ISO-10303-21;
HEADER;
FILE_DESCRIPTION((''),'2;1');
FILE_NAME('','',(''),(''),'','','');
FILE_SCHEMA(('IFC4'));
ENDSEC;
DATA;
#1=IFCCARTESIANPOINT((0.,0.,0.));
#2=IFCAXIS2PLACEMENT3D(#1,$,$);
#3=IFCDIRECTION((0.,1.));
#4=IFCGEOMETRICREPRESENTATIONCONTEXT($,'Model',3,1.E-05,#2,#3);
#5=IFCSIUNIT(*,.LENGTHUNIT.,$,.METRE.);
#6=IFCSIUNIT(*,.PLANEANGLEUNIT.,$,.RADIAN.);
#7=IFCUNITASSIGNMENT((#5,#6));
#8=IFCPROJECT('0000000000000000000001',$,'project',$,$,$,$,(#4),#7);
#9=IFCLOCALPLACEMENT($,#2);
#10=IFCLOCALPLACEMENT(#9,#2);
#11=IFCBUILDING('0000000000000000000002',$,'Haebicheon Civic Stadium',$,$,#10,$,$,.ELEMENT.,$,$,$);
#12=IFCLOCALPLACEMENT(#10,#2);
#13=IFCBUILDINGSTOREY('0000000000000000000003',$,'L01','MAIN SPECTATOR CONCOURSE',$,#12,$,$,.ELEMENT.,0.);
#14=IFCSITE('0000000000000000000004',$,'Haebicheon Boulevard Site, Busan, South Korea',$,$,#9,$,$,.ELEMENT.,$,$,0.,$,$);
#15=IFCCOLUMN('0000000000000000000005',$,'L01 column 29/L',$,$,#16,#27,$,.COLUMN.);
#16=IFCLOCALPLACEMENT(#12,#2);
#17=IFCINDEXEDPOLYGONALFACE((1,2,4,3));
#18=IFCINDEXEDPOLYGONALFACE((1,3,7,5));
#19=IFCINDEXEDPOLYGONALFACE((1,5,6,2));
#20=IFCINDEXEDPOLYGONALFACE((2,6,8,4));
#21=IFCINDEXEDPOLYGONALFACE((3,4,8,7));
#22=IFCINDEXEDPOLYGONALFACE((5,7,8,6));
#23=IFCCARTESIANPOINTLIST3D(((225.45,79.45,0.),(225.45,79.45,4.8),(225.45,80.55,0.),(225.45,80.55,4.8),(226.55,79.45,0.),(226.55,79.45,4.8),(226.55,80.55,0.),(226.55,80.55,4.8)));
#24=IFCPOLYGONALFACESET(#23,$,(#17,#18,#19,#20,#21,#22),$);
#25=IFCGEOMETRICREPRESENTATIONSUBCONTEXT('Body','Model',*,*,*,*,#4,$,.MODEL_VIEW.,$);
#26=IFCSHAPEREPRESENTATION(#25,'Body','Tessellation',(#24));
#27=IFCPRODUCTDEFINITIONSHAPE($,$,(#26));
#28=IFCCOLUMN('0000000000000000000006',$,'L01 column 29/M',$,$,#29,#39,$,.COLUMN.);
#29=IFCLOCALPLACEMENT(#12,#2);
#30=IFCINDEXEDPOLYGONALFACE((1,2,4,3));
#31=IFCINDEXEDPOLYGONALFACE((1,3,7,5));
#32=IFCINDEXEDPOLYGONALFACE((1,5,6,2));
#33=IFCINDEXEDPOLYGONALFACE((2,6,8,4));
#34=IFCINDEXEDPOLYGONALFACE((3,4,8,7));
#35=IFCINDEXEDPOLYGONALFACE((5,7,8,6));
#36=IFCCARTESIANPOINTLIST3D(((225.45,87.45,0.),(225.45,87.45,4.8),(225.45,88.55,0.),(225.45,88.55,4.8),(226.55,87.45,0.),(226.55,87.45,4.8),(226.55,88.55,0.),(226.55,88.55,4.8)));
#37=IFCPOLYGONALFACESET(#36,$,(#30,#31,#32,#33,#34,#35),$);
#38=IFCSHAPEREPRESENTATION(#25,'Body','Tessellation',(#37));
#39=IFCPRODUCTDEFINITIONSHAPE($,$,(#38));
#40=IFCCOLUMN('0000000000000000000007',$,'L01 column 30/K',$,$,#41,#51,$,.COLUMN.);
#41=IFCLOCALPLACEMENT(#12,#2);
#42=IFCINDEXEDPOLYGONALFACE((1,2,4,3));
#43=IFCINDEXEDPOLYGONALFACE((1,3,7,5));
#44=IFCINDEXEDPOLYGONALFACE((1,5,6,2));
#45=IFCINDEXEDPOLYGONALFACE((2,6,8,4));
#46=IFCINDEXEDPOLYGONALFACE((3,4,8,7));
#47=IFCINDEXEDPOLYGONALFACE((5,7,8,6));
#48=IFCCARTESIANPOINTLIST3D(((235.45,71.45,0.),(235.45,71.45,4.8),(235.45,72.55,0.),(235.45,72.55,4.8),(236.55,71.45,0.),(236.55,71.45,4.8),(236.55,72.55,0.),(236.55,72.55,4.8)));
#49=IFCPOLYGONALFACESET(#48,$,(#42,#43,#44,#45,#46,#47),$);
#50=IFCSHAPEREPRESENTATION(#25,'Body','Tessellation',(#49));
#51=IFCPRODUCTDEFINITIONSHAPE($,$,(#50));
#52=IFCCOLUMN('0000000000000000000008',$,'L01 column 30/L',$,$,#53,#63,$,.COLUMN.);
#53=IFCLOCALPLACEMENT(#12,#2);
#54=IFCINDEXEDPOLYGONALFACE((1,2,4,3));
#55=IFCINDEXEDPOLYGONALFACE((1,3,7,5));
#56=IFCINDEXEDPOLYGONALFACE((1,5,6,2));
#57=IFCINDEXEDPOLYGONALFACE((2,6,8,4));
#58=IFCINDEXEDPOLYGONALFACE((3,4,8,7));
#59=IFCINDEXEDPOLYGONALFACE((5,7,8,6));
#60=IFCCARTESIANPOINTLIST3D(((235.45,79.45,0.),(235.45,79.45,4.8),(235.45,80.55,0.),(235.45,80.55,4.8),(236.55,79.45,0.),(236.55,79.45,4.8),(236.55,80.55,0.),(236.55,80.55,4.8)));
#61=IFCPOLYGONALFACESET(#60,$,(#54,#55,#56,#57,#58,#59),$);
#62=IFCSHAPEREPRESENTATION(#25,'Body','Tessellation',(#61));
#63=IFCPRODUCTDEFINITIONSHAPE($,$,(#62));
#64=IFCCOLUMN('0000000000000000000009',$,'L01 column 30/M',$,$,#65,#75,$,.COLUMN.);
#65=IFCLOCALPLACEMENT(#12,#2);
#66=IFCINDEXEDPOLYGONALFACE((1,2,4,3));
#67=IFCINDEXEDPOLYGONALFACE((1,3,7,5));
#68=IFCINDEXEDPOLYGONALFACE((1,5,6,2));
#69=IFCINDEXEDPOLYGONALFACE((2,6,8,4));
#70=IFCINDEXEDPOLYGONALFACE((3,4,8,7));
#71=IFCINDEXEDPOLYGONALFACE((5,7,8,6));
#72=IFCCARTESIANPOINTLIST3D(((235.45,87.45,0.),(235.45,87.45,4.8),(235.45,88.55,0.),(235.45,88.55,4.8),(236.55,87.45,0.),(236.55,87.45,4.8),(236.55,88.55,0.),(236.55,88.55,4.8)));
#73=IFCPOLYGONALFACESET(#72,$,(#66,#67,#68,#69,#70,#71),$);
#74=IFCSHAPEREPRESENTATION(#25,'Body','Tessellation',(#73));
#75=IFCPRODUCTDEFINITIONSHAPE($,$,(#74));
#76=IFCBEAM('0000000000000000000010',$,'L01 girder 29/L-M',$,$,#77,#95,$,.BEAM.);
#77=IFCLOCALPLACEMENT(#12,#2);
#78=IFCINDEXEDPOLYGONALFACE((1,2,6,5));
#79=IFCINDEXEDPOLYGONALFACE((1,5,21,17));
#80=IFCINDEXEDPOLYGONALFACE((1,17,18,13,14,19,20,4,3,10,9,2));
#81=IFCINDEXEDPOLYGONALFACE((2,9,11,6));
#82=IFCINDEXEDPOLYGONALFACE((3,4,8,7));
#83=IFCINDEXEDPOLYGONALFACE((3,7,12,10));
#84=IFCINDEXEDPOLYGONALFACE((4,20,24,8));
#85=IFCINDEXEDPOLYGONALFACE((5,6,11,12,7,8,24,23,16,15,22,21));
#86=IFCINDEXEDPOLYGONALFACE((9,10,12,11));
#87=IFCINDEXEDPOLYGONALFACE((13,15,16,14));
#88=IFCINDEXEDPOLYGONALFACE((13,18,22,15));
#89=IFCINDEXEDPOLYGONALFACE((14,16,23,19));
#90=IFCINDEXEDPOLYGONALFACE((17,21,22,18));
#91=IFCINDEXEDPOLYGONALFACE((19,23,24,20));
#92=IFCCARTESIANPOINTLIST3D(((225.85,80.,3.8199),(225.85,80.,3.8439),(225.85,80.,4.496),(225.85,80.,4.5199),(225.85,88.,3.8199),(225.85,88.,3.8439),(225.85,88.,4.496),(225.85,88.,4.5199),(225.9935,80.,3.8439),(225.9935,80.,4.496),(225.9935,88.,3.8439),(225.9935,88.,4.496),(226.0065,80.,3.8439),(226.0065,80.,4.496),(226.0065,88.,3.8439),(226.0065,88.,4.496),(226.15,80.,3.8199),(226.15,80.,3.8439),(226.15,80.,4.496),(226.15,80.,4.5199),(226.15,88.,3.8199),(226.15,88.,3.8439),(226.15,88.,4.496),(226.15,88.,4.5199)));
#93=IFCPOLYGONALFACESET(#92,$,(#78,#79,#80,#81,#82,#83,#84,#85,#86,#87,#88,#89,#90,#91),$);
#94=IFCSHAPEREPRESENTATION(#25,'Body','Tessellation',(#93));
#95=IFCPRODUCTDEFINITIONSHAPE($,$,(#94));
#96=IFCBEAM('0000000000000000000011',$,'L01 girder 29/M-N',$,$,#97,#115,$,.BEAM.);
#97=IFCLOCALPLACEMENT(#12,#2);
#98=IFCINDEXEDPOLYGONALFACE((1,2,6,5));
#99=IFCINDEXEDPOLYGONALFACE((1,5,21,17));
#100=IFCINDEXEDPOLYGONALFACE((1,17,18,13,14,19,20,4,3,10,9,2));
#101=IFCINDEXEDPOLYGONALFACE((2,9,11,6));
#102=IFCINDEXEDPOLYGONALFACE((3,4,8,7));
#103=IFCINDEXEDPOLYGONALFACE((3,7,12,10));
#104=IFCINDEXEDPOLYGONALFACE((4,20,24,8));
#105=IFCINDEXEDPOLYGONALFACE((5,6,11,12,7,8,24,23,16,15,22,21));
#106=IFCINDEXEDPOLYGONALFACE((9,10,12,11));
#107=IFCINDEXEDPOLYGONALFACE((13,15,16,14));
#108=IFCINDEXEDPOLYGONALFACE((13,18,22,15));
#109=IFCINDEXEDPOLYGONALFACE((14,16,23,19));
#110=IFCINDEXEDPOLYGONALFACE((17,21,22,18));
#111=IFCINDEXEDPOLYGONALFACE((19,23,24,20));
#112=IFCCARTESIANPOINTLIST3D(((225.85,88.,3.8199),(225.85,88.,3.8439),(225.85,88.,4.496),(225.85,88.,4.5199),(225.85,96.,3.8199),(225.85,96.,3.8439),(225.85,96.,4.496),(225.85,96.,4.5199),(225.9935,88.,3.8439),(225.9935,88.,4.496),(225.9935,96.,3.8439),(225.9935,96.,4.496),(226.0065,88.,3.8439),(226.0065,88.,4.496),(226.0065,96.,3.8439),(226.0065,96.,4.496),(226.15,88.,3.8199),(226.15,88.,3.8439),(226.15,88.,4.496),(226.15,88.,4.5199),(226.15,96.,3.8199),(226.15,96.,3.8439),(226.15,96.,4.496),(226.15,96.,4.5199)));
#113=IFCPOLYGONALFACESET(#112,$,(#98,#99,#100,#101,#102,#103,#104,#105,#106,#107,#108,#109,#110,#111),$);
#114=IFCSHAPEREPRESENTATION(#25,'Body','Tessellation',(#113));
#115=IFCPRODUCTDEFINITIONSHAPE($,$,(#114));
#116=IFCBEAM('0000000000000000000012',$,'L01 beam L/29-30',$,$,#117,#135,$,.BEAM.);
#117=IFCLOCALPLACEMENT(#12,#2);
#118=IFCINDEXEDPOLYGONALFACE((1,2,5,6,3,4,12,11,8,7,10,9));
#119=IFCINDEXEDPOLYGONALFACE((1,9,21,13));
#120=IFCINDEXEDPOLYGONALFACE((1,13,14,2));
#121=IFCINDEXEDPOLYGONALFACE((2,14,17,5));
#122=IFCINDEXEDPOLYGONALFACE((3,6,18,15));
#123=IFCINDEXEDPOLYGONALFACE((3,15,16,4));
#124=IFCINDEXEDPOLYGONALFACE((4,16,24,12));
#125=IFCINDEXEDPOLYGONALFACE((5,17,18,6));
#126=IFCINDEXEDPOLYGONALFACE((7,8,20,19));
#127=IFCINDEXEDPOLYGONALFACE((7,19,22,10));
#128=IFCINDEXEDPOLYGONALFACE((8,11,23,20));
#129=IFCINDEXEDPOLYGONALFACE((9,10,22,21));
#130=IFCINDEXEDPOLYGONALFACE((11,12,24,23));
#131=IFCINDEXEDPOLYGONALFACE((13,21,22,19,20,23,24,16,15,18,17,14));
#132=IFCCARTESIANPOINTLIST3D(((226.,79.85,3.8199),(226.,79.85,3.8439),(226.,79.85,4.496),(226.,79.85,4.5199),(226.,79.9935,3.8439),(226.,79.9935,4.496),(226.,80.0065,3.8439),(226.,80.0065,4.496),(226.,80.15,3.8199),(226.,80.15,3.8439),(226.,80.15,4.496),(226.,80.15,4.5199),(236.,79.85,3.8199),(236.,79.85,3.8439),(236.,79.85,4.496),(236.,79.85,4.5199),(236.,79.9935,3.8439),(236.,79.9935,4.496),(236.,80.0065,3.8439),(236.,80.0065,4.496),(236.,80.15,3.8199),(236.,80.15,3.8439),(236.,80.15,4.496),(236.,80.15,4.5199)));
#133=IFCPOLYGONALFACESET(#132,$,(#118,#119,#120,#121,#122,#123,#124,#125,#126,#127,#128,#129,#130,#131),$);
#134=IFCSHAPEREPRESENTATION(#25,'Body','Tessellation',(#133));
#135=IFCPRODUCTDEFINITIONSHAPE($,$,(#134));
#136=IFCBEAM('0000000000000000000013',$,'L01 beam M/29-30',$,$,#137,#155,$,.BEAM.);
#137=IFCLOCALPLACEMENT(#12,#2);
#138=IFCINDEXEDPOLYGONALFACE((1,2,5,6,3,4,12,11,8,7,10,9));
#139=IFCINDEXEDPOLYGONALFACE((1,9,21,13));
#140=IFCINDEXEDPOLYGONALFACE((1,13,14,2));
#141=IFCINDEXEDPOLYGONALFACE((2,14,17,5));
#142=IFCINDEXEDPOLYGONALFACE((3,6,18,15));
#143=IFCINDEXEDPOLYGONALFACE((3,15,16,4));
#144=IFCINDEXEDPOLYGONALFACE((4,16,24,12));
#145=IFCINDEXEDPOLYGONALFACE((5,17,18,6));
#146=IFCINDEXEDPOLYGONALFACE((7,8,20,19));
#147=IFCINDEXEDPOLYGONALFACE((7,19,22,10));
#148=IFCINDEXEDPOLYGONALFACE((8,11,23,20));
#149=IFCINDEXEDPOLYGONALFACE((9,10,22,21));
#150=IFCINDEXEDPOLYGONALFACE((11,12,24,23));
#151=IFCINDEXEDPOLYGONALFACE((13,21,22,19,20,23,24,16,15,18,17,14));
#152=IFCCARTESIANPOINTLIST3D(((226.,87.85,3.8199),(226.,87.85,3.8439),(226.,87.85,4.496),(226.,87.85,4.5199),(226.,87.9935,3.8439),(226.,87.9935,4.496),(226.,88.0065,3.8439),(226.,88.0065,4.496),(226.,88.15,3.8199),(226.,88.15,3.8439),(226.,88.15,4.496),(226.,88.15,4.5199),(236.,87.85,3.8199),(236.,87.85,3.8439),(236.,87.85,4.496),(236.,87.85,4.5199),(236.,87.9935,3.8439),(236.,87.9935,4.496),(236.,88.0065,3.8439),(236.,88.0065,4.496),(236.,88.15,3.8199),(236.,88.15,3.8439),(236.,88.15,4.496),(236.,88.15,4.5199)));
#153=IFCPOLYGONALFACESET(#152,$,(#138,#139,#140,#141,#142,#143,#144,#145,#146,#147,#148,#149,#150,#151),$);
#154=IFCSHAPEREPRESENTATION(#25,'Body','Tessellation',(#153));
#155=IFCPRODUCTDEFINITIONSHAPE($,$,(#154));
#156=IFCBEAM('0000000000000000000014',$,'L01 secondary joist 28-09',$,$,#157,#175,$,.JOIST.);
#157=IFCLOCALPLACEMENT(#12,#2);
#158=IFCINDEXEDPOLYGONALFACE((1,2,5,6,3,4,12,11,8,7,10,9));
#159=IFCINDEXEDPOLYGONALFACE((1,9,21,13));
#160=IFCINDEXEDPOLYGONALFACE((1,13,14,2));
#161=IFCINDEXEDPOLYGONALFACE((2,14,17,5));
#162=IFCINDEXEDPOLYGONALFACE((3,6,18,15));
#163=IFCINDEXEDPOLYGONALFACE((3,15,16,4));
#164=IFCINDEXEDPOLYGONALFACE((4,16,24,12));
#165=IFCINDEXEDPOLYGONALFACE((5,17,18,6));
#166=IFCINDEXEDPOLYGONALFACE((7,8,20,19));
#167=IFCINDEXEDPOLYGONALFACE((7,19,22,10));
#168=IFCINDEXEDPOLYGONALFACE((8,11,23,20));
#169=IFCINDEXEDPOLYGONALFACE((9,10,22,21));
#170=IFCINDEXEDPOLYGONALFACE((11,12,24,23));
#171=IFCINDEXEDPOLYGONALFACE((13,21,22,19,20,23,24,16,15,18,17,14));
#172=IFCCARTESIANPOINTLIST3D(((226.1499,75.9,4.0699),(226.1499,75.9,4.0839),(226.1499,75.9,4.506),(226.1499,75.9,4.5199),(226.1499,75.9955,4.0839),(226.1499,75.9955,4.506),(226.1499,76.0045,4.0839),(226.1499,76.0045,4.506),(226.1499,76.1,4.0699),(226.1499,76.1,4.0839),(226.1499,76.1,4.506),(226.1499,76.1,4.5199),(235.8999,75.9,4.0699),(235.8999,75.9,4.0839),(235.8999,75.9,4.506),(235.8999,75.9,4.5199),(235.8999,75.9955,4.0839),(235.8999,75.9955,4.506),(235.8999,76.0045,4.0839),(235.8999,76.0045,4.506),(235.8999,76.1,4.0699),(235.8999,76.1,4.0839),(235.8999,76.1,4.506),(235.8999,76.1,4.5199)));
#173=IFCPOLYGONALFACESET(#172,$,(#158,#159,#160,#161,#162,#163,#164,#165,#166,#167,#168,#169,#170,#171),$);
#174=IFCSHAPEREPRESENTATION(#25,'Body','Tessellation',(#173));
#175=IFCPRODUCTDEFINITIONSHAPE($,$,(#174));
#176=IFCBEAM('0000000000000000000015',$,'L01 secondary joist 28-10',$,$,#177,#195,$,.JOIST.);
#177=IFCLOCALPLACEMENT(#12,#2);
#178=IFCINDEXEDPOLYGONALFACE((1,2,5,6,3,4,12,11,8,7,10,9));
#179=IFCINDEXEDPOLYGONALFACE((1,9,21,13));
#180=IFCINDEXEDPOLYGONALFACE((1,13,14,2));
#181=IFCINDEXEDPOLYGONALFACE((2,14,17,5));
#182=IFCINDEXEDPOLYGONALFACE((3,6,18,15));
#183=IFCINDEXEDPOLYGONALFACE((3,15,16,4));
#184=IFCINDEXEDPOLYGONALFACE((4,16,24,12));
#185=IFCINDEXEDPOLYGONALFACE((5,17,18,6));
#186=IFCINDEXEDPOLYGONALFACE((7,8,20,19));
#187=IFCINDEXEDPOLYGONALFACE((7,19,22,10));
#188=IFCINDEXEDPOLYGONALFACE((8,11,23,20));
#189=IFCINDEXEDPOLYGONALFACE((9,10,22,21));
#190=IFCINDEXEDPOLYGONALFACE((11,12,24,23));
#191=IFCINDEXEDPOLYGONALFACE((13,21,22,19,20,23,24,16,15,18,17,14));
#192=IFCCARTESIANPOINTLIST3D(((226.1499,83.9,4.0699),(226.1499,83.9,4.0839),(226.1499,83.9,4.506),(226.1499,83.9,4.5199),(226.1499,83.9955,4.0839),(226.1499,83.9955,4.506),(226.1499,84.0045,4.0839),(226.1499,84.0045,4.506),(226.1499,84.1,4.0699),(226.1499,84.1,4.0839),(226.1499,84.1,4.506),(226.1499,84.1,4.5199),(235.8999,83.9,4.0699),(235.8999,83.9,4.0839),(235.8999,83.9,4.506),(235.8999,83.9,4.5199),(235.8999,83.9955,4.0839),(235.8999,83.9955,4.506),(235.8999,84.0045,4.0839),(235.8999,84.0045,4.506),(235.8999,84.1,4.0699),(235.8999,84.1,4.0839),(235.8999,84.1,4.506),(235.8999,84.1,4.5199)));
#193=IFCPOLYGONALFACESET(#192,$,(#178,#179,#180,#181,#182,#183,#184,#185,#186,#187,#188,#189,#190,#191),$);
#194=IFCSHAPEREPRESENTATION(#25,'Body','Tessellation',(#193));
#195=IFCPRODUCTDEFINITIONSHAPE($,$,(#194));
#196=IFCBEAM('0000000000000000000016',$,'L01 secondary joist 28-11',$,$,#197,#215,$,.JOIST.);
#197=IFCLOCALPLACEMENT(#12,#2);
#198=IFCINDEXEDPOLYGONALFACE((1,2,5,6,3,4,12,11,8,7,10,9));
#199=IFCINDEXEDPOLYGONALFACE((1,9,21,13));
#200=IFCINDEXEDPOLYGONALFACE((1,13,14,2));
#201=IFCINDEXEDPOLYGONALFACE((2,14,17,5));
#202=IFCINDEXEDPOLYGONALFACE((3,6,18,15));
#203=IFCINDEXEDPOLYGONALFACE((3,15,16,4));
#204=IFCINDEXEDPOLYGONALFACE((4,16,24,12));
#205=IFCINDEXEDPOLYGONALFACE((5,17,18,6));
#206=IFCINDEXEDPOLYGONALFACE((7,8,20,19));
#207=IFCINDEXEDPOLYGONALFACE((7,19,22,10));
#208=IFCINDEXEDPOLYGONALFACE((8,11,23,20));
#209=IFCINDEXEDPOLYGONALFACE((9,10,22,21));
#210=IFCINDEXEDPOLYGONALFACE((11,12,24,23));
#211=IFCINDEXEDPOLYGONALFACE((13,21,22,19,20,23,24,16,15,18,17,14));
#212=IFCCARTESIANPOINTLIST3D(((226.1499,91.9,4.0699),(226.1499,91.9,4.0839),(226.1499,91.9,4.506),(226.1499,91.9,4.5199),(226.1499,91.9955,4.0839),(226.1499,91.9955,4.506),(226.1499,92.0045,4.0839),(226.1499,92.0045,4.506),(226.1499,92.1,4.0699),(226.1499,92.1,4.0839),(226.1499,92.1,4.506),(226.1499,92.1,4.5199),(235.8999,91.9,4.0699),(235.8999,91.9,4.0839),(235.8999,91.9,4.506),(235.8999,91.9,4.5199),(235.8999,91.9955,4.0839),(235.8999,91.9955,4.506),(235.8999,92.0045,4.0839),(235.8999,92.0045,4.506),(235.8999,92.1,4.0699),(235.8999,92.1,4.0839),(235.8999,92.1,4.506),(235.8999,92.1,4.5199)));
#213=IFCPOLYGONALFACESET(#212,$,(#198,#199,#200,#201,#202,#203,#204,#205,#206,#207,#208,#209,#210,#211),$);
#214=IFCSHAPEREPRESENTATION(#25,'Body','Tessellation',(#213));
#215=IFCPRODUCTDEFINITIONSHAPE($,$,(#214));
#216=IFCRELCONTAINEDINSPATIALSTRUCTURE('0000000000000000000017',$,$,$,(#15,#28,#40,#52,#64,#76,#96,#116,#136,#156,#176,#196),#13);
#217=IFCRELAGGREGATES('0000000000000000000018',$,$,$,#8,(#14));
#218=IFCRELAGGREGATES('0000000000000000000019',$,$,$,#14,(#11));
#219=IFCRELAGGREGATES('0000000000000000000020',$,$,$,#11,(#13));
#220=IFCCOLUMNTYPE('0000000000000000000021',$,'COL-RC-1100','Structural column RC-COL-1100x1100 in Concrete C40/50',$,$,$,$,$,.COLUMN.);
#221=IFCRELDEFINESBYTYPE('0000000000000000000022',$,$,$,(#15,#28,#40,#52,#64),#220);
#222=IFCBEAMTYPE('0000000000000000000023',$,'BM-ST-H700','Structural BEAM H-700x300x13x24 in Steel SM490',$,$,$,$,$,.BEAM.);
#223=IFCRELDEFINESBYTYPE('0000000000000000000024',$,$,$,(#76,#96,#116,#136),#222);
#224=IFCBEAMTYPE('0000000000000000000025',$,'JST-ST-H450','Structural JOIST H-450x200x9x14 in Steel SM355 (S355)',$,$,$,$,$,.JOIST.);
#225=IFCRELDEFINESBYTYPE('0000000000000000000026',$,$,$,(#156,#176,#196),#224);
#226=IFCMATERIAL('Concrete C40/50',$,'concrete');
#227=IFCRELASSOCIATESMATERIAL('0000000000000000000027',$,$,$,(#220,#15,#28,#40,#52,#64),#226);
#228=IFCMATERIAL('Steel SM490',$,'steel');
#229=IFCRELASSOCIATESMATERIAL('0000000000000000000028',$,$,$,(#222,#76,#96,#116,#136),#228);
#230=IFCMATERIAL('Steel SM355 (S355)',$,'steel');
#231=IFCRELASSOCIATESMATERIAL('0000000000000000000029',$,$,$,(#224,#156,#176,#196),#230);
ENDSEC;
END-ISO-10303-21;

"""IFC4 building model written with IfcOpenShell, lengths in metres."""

from ifc_helpers import new_model, si_unit, direction, frame, origin, origin_2d, place, context, subcontext, project, spatial, rectangle, i_section, extrude, material, material_profile, profile_set, type_object, element, save


model = new_model("IFC4")

# Units and contexts
model_context = context("Model", 3, precision=1e-05, world=origin(), true_north=direction((0.0, 1.0)))
body_context = subcontext(model_context, "Body", "Model", "MODEL_VIEW")
ifc_project = project(units=[si_unit("LENGTHUNIT", "METRE"), si_unit("PLANEANGLEUNIT", "RADIAN")], contexts=[model_context])

# Site, building, storey
site_placement = place(None, origin())
site = spatial("IfcSite", under=ifc_project, at=site_placement, Name="Haebicheon Boulevard Site, Busan, South Korea", CompositionType="ELEMENT", RefElevation=0.0)
building_placement = place(site_placement, origin())
building = spatial("IfcBuilding", under=site, at=building_placement, Name="Haebicheon Civic Stadium", CompositionType="ELEMENT")
storey_placement = place(building_placement, origin())
storey = spatial("IfcBuildingStorey", under=building, at=storey_placement, Name="L01", Description="MAIN SPECTATOR CONCOURSE", CompositionType="ELEMENT", Elevation=0.0)

# Columns
ifc_material_1 = material(Name="Concrete C40/50", Category="concrete")
ifc_material_profile_1 = material_profile(ifc_material_1, rectangle(XDim=1.1001, YDim=1.1001, at=origin_2d()), Name="RC-COL-1100x1100")
ifc_profile_set_1 = profile_set([ifc_material_profile_1], Name="Concrete C40/50")
column_type = type_object("IfcColumnType", Name="COL-RC-1100", Description="Structural column RC-COL-1100x1100 in Concrete C40/50", PredefinedType="COLUMN", material=ifc_profile_set_1)
for number, where, z_axis, x_axis, name in (
    (1, (226.0, 80.0, 0.0), (0.0, 0.0, 1.0), (1.0, 0.0, 0.0), "L01 column 29/L"),
    (2, (226.0, 88.0, 0.0), (0.0, 0.0, 1.0), (1.0, 0.0, 0.0), "L01 column 29/M"),
    (3, (236.0, 72.0, 0.0), (0.0, 0.0, 1.0), (1.0, 0.0, 0.0), "L01 column 30/K"),
    (4, (236.0, 80.0, 0.0), (0.0, 0.0, 1.0), (1.0, 0.0, 0.0), "L01 column 30/L"),
    (5, (236.0, 88.0, 0.0), (0.0, 0.0, 1.0), (1.0, 0.0, 0.0), "L01 column 30/M"),
):
    element("IfcColumn", number, at=place(storey_placement, frame(where, z_axis=z_axis, x_axis=x_axis)), inside=storey, type_object=column_type, material=ifc_profile_set_1, Name=name, PredefinedType="COLUMN", context=body_context, shape_type="SweptSolid", body=[
        extrude(rectangle(XDim=1.1001, YDim=1.1001, at=origin_2d()), origin(), (0.0, 0.0, 1.0), 4.8),
    ])

# Beams
ifc_material_2 = material(Name="Steel SM490", Category="steel")
ifc_material_profile_2 = material_profile(ifc_material_2, i_section(OverallWidth=0.3, OverallDepth=0.7, WebThickness=0.0129, FlangeThickness=0.0239, at=origin_2d()), Name="H-700x300x13x24")
ifc_profile_set_2 = profile_set([ifc_material_profile_2], Name="Steel SM490")
beam_type_1 = type_object("IfcBeamType", Name="BM-ST-H700", Description="Structural BEAM H-700x300x13x24 in Steel SM490", PredefinedType="BEAM", material=ifc_profile_set_2)
for number, where, z_axis, x_axis, name in (
    (6, (226.0, 80.0, 4.1699), (0.0, 1.0, 0.0), (-1.0, 0.0, 0.0), "L01 girder 29/L-M"),
    (7, (226.0, 88.0, 4.1699), (0.0, 1.0, 0.0), (-1.0, 0.0, 0.0), "L01 girder 29/M-N"),
):
    element("IfcBeam", number, at=place(storey_placement, frame(where, z_axis=z_axis, x_axis=x_axis)), inside=storey, type_object=beam_type_1, material=ifc_profile_set_2, Name=name, PredefinedType="BEAM", context=body_context, shape_type="SweptSolid", body=[
        extrude(i_section(OverallWidth=0.3, OverallDepth=0.7, WebThickness=0.0129, FlangeThickness=0.0239, at=origin_2d()), origin(), (0.0, 0.0, 1.0), 8.0),
    ])
for number, where, z_axis, x_axis, name in (
    (8, (226.0, 80.0, 4.1699), (1.0, 0.0, 0.0), (0.0, 1.0, 0.0), "L01 beam L/29-30"),
    (9, (226.0, 88.0, 4.1699), (1.0, 0.0, 0.0), (0.0, 1.0, 0.0), "L01 beam M/29-30"),
):
    element("IfcBeam", number, at=place(storey_placement, frame(where, z_axis=z_axis, x_axis=x_axis)), inside=storey, type_object=beam_type_1, material=ifc_profile_set_2, Name=name, PredefinedType="BEAM", context=body_context, shape_type="SweptSolid", body=[
        extrude(i_section(OverallWidth=0.3, OverallDepth=0.7, WebThickness=0.0129, FlangeThickness=0.0239, at=origin_2d()), origin(), (0.0, 0.0, 1.0), 10.0),
    ])
ifc_material_3 = material(Name="Steel SM355 (S355)", Category="steel")
ifc_material_profile_3 = material_profile(ifc_material_3, i_section(OverallWidth=0.2, OverallDepth=0.45, WebThickness=0.009, FlangeThickness=0.0139, at=origin_2d()), Name="H-450x200x9x14")
ifc_profile_set_3 = profile_set([ifc_material_profile_3], Name="Steel SM355 (S355)")
beam_type_2 = type_object("IfcBeamType", Name="JST-ST-H450", Description="Structural JOIST H-450x200x9x14 in Steel SM355 (S355)", PredefinedType="JOIST", material=ifc_profile_set_3)
for number, where, z_axis, x_axis, name in (
    (10, (226.1499, 76.0, 4.2949), (1.0, 0.0, 0.0), (0.0, 1.0, 0.0), "L01 secondary joist 28-09"),
    (11, (226.1499, 84.0, 4.2949), (1.0, 0.0, 0.0), (0.0, 1.0, 0.0), "L01 secondary joist 28-10"),
    (12, (226.1499, 92.0, 4.2949), (1.0, 0.0, 0.0), (0.0, 1.0, 0.0), "L01 secondary joist 28-11"),
):
    element("IfcBeam", number, at=place(storey_placement, frame(where, z_axis=z_axis, x_axis=x_axis)), inside=storey, type_object=beam_type_2, material=ifc_profile_set_3, Name=name, PredefinedType="JOIST", context=body_context, shape_type="SweptSolid", body=[
        extrude(i_section(OverallWidth=0.2, OverallDepth=0.45, WebThickness=0.009, FlangeThickness=0.0139, at=origin_2d()), origin(), (0.0, 0.0, 1.0), 9.75),
    ])

save(model, "model.ifc")
